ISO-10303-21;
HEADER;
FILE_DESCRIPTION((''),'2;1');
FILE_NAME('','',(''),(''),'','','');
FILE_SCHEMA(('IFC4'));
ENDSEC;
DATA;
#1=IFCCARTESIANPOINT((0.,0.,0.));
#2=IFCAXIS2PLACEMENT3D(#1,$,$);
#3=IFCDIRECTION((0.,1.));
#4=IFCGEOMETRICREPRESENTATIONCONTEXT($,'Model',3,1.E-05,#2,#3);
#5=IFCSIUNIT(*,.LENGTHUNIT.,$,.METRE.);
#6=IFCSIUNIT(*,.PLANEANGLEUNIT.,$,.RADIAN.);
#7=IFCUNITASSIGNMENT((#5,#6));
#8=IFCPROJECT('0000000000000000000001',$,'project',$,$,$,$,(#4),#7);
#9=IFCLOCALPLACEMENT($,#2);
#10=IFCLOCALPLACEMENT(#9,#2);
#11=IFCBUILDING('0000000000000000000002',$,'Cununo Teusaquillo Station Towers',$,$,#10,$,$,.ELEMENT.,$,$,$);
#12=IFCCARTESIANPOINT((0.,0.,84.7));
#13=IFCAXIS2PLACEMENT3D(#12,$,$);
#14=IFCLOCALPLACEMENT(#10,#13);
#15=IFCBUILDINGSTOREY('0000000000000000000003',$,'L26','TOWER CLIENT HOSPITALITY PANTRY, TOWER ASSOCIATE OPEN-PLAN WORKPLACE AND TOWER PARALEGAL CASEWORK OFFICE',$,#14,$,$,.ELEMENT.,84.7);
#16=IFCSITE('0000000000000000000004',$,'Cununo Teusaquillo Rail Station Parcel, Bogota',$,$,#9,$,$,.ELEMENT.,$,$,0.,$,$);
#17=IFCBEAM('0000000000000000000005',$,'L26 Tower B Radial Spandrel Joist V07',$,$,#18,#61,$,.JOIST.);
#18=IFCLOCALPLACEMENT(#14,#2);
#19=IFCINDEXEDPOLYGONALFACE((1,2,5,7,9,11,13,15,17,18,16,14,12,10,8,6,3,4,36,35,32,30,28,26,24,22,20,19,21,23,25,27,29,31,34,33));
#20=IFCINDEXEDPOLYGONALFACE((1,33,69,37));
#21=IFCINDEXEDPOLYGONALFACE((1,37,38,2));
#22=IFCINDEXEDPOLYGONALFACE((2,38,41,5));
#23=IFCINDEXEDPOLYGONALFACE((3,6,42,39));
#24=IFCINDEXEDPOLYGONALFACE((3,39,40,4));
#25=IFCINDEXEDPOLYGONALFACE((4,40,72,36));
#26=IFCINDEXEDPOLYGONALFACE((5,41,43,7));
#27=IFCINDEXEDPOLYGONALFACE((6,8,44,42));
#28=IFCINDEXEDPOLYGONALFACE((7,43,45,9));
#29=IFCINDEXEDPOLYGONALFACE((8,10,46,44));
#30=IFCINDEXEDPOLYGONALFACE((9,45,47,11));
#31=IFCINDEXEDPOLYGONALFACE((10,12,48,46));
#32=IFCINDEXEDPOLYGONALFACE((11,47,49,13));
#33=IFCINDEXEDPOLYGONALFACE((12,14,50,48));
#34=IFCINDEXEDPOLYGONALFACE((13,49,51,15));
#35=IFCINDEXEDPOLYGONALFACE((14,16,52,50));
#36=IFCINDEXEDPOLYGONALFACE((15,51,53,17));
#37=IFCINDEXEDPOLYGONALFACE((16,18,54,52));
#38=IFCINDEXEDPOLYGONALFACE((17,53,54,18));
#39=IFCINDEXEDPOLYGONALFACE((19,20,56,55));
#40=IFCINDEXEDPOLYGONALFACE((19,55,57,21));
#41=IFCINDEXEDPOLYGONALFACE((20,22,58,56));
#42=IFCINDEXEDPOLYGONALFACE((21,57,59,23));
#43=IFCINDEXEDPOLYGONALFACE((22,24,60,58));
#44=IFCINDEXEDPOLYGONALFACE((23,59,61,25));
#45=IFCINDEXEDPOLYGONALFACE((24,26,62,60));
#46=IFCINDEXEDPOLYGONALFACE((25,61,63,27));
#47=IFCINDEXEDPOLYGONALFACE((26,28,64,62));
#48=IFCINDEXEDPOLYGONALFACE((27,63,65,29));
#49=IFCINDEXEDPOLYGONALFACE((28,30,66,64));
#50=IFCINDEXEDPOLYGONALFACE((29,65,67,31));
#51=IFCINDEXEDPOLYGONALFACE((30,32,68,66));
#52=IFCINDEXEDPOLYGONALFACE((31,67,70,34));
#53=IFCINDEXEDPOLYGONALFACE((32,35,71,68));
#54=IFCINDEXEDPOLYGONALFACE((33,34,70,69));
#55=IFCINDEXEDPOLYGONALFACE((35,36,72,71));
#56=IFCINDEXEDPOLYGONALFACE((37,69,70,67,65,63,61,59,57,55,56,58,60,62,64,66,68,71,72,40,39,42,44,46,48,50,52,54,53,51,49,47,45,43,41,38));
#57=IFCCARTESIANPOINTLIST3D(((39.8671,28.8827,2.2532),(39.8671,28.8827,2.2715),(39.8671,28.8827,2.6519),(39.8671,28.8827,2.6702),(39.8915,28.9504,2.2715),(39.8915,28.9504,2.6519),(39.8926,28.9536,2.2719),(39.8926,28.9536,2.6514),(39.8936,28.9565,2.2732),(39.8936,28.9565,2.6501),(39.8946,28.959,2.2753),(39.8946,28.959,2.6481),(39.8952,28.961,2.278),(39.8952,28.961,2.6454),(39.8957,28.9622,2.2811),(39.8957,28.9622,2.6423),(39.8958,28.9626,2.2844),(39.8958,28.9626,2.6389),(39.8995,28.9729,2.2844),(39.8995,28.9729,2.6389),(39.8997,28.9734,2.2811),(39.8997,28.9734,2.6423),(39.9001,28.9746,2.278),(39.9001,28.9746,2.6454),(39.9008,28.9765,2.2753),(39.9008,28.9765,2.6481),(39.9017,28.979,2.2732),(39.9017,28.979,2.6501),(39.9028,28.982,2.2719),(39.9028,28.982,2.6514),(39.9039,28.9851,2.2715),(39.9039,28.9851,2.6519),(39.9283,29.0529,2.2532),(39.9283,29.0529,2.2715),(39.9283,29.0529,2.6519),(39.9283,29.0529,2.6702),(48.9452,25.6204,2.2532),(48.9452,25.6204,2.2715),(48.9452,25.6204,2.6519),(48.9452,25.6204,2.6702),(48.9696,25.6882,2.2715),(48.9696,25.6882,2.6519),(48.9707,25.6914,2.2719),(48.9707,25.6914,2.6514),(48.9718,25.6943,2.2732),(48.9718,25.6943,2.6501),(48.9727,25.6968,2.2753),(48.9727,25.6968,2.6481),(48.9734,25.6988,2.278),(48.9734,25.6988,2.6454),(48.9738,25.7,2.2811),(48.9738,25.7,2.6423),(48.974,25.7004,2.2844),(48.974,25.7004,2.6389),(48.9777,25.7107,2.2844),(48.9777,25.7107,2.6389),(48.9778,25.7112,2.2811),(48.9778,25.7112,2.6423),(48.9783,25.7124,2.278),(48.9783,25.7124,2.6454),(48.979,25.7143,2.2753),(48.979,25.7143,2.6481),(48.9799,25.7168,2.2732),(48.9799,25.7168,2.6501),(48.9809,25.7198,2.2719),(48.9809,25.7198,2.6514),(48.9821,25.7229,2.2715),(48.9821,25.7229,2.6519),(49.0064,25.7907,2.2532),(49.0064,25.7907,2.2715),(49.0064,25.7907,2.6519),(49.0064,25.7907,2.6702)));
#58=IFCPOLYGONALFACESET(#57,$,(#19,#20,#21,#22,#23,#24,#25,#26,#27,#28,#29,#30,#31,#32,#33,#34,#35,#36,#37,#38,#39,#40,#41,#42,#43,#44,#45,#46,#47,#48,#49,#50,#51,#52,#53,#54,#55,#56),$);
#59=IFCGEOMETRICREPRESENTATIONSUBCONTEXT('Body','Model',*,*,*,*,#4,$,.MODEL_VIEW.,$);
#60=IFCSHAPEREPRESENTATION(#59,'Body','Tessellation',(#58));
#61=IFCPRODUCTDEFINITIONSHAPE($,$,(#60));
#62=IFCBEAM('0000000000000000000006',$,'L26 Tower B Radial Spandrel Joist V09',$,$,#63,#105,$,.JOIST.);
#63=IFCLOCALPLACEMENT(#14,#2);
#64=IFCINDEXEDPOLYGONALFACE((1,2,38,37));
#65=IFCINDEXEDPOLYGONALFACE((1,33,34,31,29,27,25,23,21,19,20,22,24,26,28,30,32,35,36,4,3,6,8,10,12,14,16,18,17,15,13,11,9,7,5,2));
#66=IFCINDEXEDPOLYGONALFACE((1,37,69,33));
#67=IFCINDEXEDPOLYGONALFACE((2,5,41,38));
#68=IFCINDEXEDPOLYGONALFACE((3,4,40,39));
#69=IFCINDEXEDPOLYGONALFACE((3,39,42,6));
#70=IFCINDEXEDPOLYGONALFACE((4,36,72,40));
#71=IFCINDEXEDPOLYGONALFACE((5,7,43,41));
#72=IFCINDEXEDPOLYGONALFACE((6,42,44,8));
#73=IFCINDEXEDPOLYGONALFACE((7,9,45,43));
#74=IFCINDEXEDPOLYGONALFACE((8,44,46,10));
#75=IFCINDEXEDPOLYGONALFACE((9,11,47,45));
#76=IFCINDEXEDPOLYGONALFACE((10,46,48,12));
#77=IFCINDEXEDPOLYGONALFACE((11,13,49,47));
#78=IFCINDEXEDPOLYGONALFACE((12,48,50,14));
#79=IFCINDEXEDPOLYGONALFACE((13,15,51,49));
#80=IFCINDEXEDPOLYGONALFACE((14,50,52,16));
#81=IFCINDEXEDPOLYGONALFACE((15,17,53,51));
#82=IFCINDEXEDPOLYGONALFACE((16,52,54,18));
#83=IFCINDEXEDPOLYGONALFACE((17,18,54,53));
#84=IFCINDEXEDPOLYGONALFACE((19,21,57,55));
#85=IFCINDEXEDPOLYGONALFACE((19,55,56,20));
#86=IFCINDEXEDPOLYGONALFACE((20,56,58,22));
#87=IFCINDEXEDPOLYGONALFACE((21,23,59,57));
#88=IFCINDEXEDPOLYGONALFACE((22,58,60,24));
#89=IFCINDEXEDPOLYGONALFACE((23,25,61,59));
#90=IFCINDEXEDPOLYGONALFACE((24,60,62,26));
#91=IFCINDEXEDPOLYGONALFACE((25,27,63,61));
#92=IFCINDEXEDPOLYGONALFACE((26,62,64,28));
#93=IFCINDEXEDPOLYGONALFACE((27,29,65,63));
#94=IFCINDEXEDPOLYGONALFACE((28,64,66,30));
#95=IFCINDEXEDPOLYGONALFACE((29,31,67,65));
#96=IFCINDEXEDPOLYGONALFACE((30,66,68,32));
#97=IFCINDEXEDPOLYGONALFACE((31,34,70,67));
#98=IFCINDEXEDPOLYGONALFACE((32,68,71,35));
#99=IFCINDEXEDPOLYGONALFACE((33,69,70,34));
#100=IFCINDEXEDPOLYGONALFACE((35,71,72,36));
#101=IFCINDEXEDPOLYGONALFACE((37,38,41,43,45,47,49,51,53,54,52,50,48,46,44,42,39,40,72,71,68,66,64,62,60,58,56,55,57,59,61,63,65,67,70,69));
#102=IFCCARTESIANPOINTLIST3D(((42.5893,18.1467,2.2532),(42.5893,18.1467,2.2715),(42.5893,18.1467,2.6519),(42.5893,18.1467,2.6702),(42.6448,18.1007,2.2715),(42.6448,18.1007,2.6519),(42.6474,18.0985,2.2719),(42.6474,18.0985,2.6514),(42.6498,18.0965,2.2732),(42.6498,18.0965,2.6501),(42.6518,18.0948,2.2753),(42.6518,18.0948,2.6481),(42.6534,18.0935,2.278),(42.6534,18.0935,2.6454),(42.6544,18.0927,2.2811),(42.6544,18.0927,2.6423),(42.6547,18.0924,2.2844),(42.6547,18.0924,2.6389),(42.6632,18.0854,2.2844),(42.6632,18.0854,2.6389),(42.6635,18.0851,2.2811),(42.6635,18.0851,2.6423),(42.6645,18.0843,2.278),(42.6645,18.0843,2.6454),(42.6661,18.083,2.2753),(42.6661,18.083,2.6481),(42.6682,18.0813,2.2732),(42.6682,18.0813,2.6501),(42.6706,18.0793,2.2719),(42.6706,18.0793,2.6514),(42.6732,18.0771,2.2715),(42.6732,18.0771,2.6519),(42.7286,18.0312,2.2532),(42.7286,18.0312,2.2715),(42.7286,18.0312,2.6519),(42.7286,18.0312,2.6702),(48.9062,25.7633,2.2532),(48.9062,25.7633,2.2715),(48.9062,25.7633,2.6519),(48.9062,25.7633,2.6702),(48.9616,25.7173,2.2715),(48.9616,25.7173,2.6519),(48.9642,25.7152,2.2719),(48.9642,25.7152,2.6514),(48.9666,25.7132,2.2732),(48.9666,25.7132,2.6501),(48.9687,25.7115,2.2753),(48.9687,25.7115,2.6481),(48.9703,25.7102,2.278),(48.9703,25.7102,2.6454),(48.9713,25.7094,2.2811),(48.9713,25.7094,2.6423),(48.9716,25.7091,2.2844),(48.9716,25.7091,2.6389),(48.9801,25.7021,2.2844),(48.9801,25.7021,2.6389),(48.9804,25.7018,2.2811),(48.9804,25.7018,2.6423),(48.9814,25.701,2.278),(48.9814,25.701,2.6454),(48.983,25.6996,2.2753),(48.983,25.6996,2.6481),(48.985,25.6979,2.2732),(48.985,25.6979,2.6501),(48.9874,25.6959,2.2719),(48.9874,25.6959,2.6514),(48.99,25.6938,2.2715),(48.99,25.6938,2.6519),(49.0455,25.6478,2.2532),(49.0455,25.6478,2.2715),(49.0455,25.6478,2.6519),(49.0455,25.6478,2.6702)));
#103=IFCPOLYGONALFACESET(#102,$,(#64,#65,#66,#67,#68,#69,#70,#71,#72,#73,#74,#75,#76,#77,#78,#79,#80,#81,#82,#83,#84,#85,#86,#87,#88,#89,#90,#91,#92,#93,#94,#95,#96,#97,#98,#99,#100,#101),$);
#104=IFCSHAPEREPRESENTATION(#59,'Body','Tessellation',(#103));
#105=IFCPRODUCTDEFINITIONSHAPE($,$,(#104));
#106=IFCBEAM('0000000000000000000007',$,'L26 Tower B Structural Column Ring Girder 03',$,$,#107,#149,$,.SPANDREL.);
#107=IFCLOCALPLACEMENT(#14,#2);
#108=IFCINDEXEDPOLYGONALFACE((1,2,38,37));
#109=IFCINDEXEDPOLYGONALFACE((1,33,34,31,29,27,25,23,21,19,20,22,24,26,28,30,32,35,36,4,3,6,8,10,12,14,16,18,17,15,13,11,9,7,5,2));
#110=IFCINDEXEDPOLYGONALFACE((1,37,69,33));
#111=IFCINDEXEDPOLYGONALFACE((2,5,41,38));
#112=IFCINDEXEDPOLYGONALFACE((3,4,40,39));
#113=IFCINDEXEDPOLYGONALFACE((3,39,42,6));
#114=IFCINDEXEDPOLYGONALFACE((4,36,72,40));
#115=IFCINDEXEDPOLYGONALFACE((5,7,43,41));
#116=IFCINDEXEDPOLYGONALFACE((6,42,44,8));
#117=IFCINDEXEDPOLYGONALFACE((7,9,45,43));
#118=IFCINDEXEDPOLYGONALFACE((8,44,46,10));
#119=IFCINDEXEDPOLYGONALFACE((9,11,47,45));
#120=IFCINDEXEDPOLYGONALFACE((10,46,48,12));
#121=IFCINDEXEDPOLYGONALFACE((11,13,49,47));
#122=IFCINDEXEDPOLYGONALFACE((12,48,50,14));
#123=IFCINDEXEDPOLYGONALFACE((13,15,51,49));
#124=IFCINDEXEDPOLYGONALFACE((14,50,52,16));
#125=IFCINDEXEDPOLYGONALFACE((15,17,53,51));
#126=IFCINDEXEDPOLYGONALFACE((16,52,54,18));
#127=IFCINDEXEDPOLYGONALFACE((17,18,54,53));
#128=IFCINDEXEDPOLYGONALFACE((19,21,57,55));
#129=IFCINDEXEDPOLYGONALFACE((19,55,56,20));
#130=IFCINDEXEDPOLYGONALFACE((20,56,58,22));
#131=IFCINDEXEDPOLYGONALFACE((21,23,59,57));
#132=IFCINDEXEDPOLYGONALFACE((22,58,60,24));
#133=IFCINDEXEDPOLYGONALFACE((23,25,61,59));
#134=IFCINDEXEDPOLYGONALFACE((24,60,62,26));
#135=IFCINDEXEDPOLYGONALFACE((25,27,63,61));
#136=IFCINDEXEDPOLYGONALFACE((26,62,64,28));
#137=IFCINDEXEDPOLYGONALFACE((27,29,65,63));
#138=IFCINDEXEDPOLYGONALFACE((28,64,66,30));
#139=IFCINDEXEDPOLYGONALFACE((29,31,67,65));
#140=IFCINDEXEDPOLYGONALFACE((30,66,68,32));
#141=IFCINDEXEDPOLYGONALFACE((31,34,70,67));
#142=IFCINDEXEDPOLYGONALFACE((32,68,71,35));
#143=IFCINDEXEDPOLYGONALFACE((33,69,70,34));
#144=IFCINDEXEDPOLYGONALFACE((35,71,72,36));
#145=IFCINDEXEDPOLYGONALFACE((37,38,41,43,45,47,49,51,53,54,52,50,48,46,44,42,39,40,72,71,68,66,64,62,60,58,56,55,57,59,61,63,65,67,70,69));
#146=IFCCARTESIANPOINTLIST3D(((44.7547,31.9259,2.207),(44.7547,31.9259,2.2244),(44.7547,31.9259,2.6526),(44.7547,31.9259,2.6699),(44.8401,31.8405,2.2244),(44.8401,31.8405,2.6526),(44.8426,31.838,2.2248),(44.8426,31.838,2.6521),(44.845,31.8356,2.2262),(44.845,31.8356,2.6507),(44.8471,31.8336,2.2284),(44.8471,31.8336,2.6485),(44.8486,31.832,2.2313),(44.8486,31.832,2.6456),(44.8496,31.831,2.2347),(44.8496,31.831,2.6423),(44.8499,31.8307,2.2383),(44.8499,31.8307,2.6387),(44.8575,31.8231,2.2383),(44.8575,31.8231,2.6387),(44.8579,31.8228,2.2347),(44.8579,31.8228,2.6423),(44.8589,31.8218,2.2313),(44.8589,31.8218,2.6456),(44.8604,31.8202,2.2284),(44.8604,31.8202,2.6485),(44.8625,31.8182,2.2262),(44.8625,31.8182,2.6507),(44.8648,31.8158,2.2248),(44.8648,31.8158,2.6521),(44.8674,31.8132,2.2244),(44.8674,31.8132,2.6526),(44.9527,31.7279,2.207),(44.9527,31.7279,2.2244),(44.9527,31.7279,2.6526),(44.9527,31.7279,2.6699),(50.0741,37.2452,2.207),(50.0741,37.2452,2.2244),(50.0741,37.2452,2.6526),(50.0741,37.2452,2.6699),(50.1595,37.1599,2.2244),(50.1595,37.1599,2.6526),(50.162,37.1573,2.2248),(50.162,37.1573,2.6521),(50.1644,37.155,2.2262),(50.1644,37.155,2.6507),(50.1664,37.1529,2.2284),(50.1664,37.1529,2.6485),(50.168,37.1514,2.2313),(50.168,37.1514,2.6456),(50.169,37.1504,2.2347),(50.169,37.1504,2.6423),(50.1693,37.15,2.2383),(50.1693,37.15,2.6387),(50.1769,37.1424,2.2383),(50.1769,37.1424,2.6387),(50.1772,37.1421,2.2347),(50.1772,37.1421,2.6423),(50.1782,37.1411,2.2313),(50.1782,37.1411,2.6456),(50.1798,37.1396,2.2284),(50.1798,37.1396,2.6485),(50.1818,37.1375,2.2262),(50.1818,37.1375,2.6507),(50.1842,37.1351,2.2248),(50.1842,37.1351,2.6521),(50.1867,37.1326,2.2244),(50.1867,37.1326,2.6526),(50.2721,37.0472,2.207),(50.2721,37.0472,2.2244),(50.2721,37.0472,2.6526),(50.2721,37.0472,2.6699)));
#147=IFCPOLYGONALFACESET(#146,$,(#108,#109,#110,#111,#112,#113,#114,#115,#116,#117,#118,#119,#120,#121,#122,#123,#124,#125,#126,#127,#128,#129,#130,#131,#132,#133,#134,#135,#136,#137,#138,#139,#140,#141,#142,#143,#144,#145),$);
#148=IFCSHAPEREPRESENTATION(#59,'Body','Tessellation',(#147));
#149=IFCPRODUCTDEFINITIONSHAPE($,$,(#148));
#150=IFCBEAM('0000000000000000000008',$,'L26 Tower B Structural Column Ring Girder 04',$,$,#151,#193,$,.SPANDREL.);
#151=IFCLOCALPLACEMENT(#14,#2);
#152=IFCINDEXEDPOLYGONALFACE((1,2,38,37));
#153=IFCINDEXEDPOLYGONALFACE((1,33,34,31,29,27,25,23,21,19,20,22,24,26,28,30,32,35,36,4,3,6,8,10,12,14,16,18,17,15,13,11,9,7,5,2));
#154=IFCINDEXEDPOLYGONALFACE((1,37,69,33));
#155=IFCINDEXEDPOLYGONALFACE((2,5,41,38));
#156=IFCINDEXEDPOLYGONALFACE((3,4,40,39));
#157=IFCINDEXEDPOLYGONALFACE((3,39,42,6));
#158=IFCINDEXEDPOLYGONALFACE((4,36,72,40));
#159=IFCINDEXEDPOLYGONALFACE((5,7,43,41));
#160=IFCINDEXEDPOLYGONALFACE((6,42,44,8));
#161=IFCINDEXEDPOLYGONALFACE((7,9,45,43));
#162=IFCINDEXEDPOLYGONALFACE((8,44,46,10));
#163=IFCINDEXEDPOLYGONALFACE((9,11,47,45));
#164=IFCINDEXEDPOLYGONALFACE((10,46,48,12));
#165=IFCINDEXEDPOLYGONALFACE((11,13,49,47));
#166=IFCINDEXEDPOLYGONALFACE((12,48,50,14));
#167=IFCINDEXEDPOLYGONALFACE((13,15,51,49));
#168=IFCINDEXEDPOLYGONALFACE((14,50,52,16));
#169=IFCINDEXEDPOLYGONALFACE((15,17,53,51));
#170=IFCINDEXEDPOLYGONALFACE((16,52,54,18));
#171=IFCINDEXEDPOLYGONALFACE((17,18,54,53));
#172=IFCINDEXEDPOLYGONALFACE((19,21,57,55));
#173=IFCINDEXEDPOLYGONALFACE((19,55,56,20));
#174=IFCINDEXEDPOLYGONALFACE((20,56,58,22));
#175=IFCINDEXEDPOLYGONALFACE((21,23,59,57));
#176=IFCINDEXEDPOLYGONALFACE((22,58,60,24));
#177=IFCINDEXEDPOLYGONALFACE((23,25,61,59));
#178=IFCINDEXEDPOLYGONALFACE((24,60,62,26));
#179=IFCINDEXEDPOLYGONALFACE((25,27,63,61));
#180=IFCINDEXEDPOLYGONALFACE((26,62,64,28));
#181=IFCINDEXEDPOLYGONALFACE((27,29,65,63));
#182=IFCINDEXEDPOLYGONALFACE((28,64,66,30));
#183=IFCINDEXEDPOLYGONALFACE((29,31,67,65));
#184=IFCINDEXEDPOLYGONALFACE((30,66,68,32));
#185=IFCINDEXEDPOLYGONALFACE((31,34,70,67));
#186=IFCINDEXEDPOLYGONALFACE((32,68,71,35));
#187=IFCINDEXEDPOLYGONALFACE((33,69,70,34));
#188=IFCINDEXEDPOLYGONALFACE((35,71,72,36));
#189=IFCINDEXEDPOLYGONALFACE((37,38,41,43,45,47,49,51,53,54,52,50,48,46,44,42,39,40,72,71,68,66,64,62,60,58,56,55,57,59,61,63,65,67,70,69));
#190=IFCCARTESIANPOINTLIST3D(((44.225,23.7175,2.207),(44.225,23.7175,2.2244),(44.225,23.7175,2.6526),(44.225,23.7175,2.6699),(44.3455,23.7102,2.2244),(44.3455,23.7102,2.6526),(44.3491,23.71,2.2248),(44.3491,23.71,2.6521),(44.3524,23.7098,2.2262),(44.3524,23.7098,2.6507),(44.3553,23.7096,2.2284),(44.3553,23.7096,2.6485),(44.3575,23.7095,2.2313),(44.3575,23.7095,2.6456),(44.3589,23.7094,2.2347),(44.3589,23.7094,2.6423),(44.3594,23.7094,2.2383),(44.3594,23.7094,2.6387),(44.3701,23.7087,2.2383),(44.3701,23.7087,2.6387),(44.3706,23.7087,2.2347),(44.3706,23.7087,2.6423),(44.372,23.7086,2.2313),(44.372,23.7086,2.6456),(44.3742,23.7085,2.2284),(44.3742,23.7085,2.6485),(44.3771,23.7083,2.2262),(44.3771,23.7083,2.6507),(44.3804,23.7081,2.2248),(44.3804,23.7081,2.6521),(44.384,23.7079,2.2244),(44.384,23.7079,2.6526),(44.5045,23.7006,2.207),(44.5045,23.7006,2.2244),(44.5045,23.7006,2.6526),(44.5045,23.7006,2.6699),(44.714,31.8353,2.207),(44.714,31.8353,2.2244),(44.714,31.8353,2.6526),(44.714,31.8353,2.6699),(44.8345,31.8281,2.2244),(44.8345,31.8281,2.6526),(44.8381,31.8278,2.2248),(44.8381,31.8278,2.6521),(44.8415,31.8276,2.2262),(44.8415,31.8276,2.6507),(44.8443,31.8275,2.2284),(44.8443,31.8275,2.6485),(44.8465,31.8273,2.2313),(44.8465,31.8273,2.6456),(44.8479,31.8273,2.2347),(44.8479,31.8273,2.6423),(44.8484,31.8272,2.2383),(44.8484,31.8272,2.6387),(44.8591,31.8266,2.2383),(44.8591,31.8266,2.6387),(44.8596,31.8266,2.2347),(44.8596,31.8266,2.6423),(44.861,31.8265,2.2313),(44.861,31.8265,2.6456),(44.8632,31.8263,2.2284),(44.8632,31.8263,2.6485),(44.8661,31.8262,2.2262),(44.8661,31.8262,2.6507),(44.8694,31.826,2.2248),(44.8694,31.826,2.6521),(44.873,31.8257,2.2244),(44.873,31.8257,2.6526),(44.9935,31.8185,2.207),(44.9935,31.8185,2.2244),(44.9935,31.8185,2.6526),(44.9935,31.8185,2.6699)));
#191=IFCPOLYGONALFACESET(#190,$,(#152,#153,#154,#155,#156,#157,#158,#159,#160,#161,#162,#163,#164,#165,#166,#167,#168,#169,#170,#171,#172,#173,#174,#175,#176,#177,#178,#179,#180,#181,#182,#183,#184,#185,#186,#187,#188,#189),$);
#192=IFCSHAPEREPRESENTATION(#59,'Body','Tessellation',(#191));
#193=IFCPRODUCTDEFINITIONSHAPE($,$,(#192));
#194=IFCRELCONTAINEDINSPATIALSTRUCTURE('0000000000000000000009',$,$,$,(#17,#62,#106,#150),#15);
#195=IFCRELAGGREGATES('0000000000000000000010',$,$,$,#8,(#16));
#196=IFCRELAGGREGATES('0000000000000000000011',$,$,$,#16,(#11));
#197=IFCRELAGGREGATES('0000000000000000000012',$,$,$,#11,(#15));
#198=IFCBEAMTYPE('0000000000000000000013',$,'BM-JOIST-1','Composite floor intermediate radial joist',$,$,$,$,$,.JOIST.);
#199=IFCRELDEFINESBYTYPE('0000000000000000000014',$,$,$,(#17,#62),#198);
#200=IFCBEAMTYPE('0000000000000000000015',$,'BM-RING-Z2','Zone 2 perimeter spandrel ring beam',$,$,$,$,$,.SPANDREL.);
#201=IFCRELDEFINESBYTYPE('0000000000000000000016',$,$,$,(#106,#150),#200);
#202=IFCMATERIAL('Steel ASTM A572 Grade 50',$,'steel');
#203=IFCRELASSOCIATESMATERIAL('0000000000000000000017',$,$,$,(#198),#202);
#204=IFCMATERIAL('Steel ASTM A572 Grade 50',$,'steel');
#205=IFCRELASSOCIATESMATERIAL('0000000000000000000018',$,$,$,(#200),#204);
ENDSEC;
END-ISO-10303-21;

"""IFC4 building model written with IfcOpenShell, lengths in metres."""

from ifc_helpers import new_model, si_unit, direction, frame, origin, origin_2d, place, context, subcontext, project, spatial, i_section, extrude, material, material_profile, profile_set, type_object, element, save


model = new_model("IFC4")

# Units and contexts
model_context = context("Model", 3, precision=1e-05, world=origin(), true_north=direction((0.0, 1.0)))
body_context = subcontext(model_context, "Body", "Model", "MODEL_VIEW")
ifc_project = project(units=[si_unit("LENGTHUNIT", "METRE"), si_unit("PLANEANGLEUNIT", "RADIAN")], contexts=[model_context])

# Site, building, storey
site_placement = place(None, origin())
site = spatial("IfcSite", under=ifc_project, at=site_placement, Name="Cununo Teusaquillo Rail Station Parcel, Bogota", CompositionType="ELEMENT", RefElevation=0.0)
building_placement = place(site_placement, origin())
building = spatial("IfcBuilding", under=site, at=building_placement, Name="Cununo Teusaquillo Station Towers", CompositionType="ELEMENT")
storey_placement = place(building_placement, frame((0.0, 0.0, 84.7)))
storey = spatial("IfcBuildingStorey", under=building, at=storey_placement, Name="L26", Description="TOWER CLIENT HOSPITALITY PANTRY, TOWER ASSOCIATE OPEN-PLAN WORKPLACE AND TOWER PARALEGAL CASEWORK OFFICE", CompositionType="ELEMENT", Elevation=84.7)

# Beams
ifc_material_1 = material(Name="Steel ASTM A572 Grade 50", Category="steel")
ifc_material_profile_1 = material_profile(ifc_material_1, i_section(OverallWidth=0.1809, OverallDepth=0.417, WebThickness=0.011, FlangeThickness=0.0183, FilletRadius=0.0129, at=origin_2d()), Name="W16X57")
ifc_profile_set_1 = profile_set([ifc_material_profile_1], Name="Steel ASTM A572 Grade 50")
beam_type_1 = type_object("IfcBeamType", Name="BM-JOIST-1", Description="Composite floor intermediate radial joist", PredefinedType="JOIST", material=ifc_profile_set_1)
beam_1_placement = place(storey_placement, frame((48.9758, 25.7056, 2.4617), z_axis=(-0.941083, 0.338176, 0.0), x_axis=(-0.338176, -0.941083, 0.0)))
element("IfcBeam", 1, at=beam_1_placement, inside=storey, type_object=beam_type_1, Name="L26 Tower B Radial Spandrel Joist V07", PredefinedType="JOIST", context=body_context, shape_type="SweptSolid", body=[
    extrude(i_section(OverallWidth=0.1809, OverallDepth=0.417, WebThickness=0.011, FlangeThickness=0.0183, FilletRadius=0.0129, at=origin_2d()), origin(), (0.0, 0.0, 1.0), 9.6465),
])
beam_2_placement = place(storey_placement, frame((48.9758, 25.7056, 2.4617), z_axis=(-0.638372, -0.769728, 0.0), x_axis=(0.769728, -0.638372, 0.0)))
element("IfcBeam", 2, at=beam_2_placement, inside=storey, type_object=beam_type_1, Name="L26 Tower B Radial Spandrel Joist V09", PredefinedType="JOIST", context=body_context, shape_type="SweptSolid", body=[
    extrude(i_section(OverallWidth=0.1809, OverallDepth=0.417, WebThickness=0.011, FlangeThickness=0.0183, FilletRadius=0.0129, at=origin_2d()), origin(), (0.0, 0.0, 1.0), 9.8953),
])
ifc_material_2 = material(Name="Steel ASTM A572 Grade 50", Category="steel")
ifc_material_profile_2 = material_profile(ifc_material_2, i_section(OverallWidth=0.28, OverallDepth=0.4629, WebThickness=0.0107, FlangeThickness=0.0173, FilletRadius=0.0139, at=origin_2d()), Name="W18X76")
ifc_profile_set_2 = profile_set([ifc_material_profile_2], Name="Steel ASTM A572 Grade 50")
beam_type_2 = type_object("IfcBeamType", Name="BM-RING-Z2", Description="Zone 2 perimeter spandrel ring beam", PredefinedType="SPANDREL", material=ifc_profile_set_2)
beam_3_placement = place(storey_placement, frame((50.1731, 37.1462, 2.4385), z_axis=(-0.707107, -0.707107, 0.0), x_axis=(0.707107, -0.707107, 0.0)))
element("IfcBeam", 3, at=beam_3_placement, inside=storey, type_object=beam_type_2, Name="L26 Tower B Structural Column Ring Girder 03", PredefinedType="SPANDREL", context=body_context, shape_type="SweptSolid", body=[
    extrude(i_section(OverallWidth=0.28, OverallDepth=0.4629, WebThickness=0.0107, FlangeThickness=0.0173, FilletRadius=0.0139, at=origin_2d()), origin(), (0.0, 0.0, 1.0), 7.5227),
])
beam_4_placement = place(storey_placement, frame((44.8538, 31.8269, 2.4385), z_axis=(-0.06013, -0.998191, 0.0), x_axis=(0.998191, -0.06013, 0.0)))
element("IfcBeam", 4, at=beam_4_placement, inside=storey, type_object=beam_type_2, Name="L26 Tower B Structural Column Ring Girder 04", PredefinedType="SPANDREL", context=body_context, shape_type="SweptSolid", body=[
    extrude(i_section(OverallWidth=0.28, OverallDepth=0.4629, WebThickness=0.0107, FlangeThickness=0.0173, FilletRadius=0.0139, at=origin_2d()), origin(), (0.0, 0.0, 1.0), 8.1326),
])

save(model, "model.ifc")
